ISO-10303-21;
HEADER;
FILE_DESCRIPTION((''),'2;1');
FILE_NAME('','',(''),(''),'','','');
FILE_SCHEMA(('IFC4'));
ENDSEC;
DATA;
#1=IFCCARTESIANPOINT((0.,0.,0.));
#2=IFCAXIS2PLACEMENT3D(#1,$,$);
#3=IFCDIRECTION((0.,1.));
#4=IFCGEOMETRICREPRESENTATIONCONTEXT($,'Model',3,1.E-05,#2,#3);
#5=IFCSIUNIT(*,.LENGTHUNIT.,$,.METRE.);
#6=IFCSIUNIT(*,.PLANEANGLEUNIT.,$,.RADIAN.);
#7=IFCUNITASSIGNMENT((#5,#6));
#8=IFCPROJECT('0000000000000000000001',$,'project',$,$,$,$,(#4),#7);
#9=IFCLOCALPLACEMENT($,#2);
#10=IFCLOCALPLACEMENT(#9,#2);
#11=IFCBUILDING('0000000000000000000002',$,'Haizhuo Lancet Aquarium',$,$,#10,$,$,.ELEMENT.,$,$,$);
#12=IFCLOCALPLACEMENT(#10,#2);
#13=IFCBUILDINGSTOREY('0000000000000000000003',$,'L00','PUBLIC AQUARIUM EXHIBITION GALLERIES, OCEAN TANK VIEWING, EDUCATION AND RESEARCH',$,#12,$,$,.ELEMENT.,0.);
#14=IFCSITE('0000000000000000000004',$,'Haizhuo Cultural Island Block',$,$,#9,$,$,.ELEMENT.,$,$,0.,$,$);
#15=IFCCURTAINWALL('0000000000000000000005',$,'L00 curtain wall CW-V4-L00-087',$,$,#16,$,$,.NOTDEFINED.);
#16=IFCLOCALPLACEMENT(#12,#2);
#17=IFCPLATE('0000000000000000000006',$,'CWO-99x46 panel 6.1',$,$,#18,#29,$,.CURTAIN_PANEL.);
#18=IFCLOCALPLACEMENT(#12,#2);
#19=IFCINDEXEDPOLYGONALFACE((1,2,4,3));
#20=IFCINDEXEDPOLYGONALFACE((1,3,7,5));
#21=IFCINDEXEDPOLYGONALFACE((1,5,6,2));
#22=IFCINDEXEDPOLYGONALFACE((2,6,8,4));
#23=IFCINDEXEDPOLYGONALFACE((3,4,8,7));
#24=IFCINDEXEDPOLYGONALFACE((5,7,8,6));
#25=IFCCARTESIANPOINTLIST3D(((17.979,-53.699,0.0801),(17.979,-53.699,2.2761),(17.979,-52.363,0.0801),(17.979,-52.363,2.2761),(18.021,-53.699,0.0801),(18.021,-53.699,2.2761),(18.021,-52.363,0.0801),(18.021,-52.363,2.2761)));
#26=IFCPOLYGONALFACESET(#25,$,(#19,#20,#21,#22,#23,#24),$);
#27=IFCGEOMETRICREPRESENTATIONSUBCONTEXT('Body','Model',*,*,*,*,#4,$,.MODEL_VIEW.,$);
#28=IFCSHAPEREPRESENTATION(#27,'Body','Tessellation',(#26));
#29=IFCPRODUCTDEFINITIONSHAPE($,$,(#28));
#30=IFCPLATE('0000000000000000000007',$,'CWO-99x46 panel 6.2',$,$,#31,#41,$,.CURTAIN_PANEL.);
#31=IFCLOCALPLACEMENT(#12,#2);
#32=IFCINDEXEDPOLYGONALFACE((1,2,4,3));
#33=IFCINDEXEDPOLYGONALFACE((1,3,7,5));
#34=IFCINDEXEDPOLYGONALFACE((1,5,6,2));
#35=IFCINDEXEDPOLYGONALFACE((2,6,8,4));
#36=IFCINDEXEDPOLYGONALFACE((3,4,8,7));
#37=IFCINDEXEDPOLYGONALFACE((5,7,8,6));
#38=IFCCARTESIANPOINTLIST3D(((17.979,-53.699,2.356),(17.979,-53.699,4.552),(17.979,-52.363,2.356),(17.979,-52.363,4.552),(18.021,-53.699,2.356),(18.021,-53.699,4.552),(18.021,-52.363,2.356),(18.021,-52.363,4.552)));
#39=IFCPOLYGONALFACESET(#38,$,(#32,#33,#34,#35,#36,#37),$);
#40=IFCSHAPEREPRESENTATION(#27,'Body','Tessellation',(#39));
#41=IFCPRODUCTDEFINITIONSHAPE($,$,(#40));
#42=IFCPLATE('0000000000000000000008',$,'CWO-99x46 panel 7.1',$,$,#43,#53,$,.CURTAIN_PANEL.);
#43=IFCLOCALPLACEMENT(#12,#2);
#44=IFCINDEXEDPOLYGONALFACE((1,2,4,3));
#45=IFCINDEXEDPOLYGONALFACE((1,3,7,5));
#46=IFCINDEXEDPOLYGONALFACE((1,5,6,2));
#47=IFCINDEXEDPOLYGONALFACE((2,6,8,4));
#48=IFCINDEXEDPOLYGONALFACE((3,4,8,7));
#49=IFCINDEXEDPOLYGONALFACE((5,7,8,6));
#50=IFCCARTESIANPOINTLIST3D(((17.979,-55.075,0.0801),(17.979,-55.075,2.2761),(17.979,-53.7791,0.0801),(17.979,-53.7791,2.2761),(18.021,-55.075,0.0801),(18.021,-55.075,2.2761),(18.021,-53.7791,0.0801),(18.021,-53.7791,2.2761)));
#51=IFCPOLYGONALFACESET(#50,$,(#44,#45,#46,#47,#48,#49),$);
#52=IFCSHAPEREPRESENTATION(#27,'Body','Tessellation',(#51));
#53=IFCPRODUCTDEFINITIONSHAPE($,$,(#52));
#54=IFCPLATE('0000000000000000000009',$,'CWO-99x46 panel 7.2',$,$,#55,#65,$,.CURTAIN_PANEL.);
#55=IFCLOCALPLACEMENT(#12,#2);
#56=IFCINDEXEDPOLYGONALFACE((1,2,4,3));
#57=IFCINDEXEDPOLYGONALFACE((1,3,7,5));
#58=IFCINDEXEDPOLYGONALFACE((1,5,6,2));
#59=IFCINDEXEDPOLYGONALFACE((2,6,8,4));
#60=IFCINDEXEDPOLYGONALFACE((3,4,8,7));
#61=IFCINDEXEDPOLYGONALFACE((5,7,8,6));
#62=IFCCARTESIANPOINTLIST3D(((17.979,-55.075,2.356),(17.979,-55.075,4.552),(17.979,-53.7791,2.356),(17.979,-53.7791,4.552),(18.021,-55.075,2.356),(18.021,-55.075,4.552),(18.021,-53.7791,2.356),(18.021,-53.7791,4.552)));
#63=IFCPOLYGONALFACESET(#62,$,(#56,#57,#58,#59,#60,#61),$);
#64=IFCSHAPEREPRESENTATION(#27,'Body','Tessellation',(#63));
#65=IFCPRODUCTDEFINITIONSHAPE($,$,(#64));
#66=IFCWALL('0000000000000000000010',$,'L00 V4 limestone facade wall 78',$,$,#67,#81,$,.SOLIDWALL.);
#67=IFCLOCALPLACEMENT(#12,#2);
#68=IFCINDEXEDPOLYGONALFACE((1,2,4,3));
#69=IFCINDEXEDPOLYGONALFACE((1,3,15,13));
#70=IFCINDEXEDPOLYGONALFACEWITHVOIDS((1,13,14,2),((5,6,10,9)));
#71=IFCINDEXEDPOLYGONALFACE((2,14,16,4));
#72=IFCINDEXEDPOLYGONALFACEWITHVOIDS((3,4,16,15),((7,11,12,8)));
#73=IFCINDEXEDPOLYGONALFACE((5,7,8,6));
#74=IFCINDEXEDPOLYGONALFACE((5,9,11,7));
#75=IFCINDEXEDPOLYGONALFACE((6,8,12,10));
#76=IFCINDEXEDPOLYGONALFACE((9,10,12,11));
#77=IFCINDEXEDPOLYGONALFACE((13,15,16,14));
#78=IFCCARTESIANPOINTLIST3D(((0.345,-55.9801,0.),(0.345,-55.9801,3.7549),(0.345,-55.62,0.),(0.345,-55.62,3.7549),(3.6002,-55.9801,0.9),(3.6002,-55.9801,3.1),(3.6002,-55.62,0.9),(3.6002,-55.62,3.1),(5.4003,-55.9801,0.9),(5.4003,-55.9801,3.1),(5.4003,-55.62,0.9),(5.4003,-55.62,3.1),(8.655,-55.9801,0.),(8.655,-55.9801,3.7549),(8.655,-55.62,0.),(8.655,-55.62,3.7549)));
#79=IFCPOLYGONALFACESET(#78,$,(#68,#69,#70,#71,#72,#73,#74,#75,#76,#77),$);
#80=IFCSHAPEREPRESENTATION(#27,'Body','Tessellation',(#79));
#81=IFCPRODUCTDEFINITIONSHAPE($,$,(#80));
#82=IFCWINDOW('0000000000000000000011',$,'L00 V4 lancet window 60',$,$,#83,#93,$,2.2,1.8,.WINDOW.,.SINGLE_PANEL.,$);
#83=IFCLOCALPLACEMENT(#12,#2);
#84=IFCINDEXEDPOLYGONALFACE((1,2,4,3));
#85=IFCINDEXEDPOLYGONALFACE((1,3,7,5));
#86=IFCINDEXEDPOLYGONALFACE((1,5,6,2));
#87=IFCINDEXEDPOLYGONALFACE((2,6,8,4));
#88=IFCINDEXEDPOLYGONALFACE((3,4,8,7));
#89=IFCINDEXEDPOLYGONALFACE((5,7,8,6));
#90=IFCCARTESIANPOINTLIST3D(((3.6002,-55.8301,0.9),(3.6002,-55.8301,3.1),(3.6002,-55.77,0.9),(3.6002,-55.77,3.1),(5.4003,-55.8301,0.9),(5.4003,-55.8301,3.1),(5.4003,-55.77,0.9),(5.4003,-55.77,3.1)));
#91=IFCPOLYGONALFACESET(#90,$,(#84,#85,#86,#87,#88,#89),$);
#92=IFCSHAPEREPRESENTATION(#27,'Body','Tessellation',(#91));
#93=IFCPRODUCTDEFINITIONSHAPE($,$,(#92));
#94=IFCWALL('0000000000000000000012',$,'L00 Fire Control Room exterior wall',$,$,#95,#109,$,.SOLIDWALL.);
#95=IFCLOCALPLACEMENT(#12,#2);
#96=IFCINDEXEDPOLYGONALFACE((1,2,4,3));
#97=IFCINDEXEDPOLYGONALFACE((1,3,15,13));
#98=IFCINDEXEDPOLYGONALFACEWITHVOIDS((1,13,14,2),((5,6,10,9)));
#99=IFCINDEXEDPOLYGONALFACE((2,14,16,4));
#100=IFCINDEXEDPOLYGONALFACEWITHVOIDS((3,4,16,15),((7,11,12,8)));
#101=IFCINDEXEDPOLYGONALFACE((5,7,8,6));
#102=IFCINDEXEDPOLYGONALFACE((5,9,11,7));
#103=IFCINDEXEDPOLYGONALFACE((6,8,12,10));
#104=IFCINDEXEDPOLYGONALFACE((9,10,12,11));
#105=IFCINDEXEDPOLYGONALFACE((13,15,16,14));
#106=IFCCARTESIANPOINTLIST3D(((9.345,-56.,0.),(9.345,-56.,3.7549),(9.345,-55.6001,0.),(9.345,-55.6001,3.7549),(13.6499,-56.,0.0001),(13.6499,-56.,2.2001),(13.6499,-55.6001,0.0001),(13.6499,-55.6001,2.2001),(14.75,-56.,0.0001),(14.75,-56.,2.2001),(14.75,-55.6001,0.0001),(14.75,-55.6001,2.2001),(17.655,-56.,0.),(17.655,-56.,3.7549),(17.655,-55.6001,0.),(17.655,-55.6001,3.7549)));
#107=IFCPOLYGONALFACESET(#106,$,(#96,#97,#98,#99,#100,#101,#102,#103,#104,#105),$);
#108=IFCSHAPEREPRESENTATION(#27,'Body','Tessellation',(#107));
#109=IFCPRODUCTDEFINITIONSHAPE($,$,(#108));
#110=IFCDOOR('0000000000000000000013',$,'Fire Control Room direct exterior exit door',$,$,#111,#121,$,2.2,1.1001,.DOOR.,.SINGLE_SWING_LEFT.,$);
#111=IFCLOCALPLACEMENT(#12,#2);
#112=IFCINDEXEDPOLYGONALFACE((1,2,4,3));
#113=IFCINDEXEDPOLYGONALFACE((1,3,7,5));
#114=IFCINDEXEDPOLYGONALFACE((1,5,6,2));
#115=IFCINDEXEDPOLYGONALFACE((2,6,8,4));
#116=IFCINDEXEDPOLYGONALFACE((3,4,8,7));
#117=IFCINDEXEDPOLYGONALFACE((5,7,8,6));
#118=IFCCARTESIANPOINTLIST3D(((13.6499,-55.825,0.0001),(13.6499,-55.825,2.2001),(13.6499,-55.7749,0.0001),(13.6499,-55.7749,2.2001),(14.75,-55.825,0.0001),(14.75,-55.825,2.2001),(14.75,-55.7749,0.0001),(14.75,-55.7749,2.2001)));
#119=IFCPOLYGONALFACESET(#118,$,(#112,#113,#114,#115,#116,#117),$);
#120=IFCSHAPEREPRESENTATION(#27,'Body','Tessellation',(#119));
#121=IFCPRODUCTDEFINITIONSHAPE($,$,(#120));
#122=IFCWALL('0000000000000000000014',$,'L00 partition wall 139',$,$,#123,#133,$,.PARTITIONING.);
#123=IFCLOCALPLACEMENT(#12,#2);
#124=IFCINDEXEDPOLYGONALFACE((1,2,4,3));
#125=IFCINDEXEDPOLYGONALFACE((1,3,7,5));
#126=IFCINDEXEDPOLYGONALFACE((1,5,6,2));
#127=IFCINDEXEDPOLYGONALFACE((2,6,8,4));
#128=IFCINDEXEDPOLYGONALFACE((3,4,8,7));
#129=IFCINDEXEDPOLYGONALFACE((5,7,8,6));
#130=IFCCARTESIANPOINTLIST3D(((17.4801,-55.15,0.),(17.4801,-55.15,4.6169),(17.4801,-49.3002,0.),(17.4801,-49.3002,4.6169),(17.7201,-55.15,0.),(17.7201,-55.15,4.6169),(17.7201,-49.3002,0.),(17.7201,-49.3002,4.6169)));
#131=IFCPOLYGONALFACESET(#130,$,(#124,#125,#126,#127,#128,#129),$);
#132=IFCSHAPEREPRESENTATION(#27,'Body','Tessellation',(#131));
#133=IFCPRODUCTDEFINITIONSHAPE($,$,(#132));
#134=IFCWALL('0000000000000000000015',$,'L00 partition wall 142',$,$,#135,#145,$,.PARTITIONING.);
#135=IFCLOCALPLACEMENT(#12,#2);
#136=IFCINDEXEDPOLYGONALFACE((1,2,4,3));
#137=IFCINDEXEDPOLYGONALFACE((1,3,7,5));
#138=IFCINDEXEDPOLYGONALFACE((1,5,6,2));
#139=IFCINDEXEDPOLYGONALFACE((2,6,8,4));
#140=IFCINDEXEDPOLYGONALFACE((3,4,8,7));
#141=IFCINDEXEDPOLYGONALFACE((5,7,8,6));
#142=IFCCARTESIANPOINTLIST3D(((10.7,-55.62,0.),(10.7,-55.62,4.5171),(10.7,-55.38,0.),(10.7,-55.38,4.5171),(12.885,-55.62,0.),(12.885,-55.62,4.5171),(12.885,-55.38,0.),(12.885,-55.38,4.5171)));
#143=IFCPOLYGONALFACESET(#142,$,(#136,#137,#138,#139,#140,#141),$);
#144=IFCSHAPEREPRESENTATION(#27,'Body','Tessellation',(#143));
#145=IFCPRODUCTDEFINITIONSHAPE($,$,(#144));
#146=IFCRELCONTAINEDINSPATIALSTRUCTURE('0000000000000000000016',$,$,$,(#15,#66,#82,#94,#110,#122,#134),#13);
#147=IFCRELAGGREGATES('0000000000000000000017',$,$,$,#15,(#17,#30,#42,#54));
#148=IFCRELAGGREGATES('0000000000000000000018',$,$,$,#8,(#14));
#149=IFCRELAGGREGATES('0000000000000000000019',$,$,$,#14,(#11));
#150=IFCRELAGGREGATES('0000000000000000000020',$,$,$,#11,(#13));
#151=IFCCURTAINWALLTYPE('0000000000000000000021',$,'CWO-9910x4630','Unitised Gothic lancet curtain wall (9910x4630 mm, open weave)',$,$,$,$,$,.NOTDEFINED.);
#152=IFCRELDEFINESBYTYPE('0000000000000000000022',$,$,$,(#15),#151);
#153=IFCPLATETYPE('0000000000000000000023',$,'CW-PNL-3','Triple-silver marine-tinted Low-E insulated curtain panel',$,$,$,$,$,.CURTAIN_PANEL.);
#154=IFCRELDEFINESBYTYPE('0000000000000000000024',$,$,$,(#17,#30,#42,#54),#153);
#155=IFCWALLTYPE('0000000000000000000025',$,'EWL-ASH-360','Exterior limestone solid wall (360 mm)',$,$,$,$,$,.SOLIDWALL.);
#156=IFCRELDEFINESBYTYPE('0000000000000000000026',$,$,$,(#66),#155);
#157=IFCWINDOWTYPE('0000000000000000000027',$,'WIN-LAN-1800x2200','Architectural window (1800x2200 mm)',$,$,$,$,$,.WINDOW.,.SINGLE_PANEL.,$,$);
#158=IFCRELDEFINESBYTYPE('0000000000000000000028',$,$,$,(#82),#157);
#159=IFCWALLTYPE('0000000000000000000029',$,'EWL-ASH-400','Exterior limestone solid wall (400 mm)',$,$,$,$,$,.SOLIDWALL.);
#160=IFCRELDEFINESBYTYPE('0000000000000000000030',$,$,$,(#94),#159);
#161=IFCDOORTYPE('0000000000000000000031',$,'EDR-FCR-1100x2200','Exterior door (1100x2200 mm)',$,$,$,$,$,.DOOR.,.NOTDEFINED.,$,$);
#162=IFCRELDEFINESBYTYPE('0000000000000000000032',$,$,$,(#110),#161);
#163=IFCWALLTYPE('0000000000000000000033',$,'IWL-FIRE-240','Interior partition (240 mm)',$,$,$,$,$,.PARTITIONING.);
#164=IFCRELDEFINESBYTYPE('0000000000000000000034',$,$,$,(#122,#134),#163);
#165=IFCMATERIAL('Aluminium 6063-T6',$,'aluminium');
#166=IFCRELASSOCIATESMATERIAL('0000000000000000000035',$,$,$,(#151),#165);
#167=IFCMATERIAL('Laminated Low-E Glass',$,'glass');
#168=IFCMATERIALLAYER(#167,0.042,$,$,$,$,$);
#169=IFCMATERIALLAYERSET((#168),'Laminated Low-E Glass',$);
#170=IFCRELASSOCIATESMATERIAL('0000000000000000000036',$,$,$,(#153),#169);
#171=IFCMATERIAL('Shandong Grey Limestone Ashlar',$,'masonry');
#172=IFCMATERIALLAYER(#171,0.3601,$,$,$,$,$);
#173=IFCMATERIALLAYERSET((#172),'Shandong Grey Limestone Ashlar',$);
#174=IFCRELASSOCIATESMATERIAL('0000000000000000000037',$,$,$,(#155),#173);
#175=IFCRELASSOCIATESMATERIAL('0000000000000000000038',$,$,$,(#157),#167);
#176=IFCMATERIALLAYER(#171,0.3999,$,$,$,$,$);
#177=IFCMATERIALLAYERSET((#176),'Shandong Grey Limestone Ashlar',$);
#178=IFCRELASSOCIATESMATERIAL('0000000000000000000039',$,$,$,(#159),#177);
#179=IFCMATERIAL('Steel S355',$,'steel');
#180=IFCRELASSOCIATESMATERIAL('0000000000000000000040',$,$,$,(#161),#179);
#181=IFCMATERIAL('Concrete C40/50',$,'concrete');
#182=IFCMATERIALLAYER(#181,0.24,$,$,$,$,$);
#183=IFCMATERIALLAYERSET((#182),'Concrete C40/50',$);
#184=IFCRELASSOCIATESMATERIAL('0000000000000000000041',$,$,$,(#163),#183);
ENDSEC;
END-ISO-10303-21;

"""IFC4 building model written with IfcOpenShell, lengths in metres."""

from ifc_helpers import new_model, si_unit, direction, frame, frame_2d, origin, origin_2d, place, context, subcontext, project, spatial, rectangle, extrude, material, layer, layer_set, type_object, element, fill, aggregate, save


model = new_model("IFC4")

# Units and contexts
model_context = context("Model", 3, precision=1e-05, world=origin(), true_north=direction((0.0, 1.0)))
body_context = subcontext(model_context, "Body", "Model", "MODEL_VIEW")
ifc_project = project(units=[si_unit("LENGTHUNIT", "METRE"), si_unit("PLANEANGLEUNIT", "RADIAN")], contexts=[model_context])

# Site, building, storey
site_placement = place(None, origin())
site = spatial("IfcSite", under=ifc_project, at=site_placement, Name="Haizhuo Cultural Island Block", CompositionType="ELEMENT", RefElevation=0.0)
building_placement = place(site_placement, origin())
building = spatial("IfcBuilding", under=site, at=building_placement, Name="Haizhuo Lancet Aquarium", CompositionType="ELEMENT")
storey_placement = place(building_placement, origin())
storey = spatial("IfcBuildingStorey", under=building, at=storey_placement, Name="L00", Description="PUBLIC AQUARIUM EXHIBITION GALLERIES, OCEAN TANK VIEWING, EDUCATION AND RESEARCH", CompositionType="ELEMENT", Elevation=0.0)

# Shared definitions
ifc_material_1 = material(Name="Steel S355", Category="steel")

# Curtain wall
ifc_material_2 = material(Name="Aluminium 6063-T6", Category="aluminium")
curtain_wall_type = type_object("IfcCurtainWallType", Name="CWO-9910x4630", Description="Unitised Gothic lancet curtain wall (9910x4630 mm, open weave)", PredefinedType="NOTDEFINED", material=ifc_material_2)
curtain_wall_placement = place(storey_placement, origin())
curtain_wall = element("IfcCurtainWall", 1, at=curtain_wall_placement, inside=storey, type_object=curtain_wall_type, Name="L00 curtain wall CW-V4-L00-087", PredefinedType="NOTDEFINED")

# Plates
ifc_material_3 = material(Name="Laminated Low-E Glass", Category="glass")
ifc_layer_1 = layer(ifc_material_3, 0.042)
ifc_layer_set_1 = layer_set([ifc_layer_1], Name="Laminated Low-E Glass")
plate_type = type_object("IfcPlateType", Name="CW-PNL-3", Description="Triple-silver marine-tinted Low-E insulated curtain panel", PredefinedType="CURTAIN_PANEL", material=ifc_layer_set_1)
plate_1_placement = place(storey_placement, frame((18.0, -53.031, 0.0801), z_axis=(0.0, 0.0, 1.0), x_axis=(0.0, -1.0, 0.0)))
plate_1 = element("IfcPlate", 2, at=plate_1_placement, type_object=plate_type, Name="CWO-99x46 panel 6.1", PredefinedType="CURTAIN_PANEL", context=body_context, shape_type="SweptSolid", body=[
    extrude(rectangle(XDim=1.3359, YDim=0.042, at=origin_2d()), origin(), (0.0, 0.0, 1.0), 2.196),
])
plate_2_placement = place(storey_placement, frame((18.0, -53.031, 2.356), z_axis=(0.0, 0.0, 1.0), x_axis=(0.0, -1.0, 0.0)))
plate_2 = element("IfcPlate", 3, at=plate_2_placement, type_object=plate_type, Name="CWO-99x46 panel 6.2", PredefinedType="CURTAIN_PANEL", context=body_context, shape_type="SweptSolid", body=[
    extrude(rectangle(XDim=1.3359, YDim=0.042, at=origin_2d()), origin(), (0.0, 0.0, 1.0), 2.196),
])
plate_3_placement = place(storey_placement, frame((18.0, -54.427, 0.0801), z_axis=(0.0, 0.0, 1.0), x_axis=(0.0, -1.0, 0.0)))
plate_3 = element("IfcPlate", 4, at=plate_3_placement, type_object=plate_type, Name="CWO-99x46 panel 7.1", PredefinedType="CURTAIN_PANEL", context=body_context, shape_type="SweptSolid", body=[
    extrude(rectangle(XDim=1.2959, YDim=0.042, at=origin_2d()), origin(), (0.0, 0.0, 1.0), 2.196),
])
plate_4_placement = place(storey_placement, frame((18.0, -54.427, 2.356), z_axis=(0.0, 0.0, 1.0), x_axis=(0.0, -1.0, 0.0)))
plate_4 = element("IfcPlate", 5, at=plate_4_placement, type_object=plate_type, Name="CWO-99x46 panel 7.2", PredefinedType="CURTAIN_PANEL", context=body_context, shape_type="SweptSolid", body=[
    extrude(rectangle(XDim=1.2959, YDim=0.042, at=origin_2d()), origin(), (0.0, 0.0, 1.0), 2.196),
])
aggregate(curtain_wall, [plate_1, plate_2, plate_3, plate_4])

# Wall, opening, window
ifc_material_4 = material(Name="Shandong Grey Limestone Ashlar", Category="masonry")
ifc_layer_2 = layer(ifc_material_4, 0.3601)
ifc_layer_set_2 = layer_set([ifc_layer_2], Name="Shandong Grey Limestone Ashlar")
wall_type_1 = type_object("IfcWallType", Name="EWL-ASH-360", Description="Exterior limestone solid wall (360 mm)", PredefinedType="SOLIDWALL", material=ifc_layer_set_2)
wall_1_placement = place(storey_placement, frame((8.655, -55.8, 0.0), z_axis=(0.0, 0.0, 1.0), x_axis=(-1.0, 0.0, 0.0)))
wall_1 = element("IfcWall", 6, at=wall_1_placement, inside=storey, type_object=wall_type_1, Name="L00 V4 limestone facade wall 78", PredefinedType="SOLIDWALL", context=body_context, shape_type="SweptSolid", body=[
    extrude(rectangle(XDim=8.3101, YDim=0.3601, at=frame_2d((4.155, 0.0))), origin(), (0.0, 0.0, 1.0), 3.7549),
])
opening_1_placement = place(wall_1_placement, frame((3.2549, 0.0, 0.8999)))
opening_1 = element("IfcOpeningElement", 7, at=opening_1_placement, cuts=wall_1, PredefinedType="OPENING", context=body_context, shape_type="SweptSolid", body=[
    extrude(rectangle(XDim=1.8, YDim=2.2, at=frame_2d((0.8999, 1.1001))), frame((0.0, 0.1899, 0.0), z_axis=(0.0, -1.0, 0.0), x_axis=(1.0, 0.0, 0.0)), (0.0, 0.0, 1.0), 0.3801),
])
window_type = type_object("IfcWindowType", Name="WIN-LAN-1800x2200", Description="Architectural window (1800x2200 mm)", PartitioningType="SINGLE_PANEL", PredefinedType="WINDOW", material=ifc_material_3)
window_placement = place(opening_1_placement, origin())
window = element("IfcWindow", 8, at=window_placement, inside=storey, type_object=window_type, Name="L00 V4 lancet window 60", OverallHeight=2.2, OverallWidth=1.8, PartitioningType="SINGLE_PANEL", PredefinedType="WINDOW", context=body_context, shape_type="SweptSolid", body=[
    extrude(rectangle(XDim=1.8, YDim=2.2, at=frame_2d((0.8999, 1.1001))), frame((0.0, 0.03, 0.0), z_axis=(0.0, -1.0, 0.0), x_axis=(1.0, 0.0, 0.0)), (0.0, 0.0, 1.0), 0.0601),
])
fill(opening_1, window)

# Wall, opening, door
ifc_layer_3 = layer(ifc_material_4, 0.3999)
ifc_layer_set_3 = layer_set([ifc_layer_3], Name="Shandong Grey Limestone Ashlar")
wall_type_2 = type_object("IfcWallType", Name="EWL-ASH-400", Description="Exterior limestone solid wall (400 mm)", PredefinedType="SOLIDWALL", material=ifc_layer_set_3)
wall_2_placement = place(storey_placement, frame((17.655, -55.8, 0.0), z_axis=(0.0, 0.0, 1.0), x_axis=(-1.0, 0.0, 0.0)))
wall_2 = element("IfcWall", 9, at=wall_2_placement, inside=storey, type_object=wall_type_2, Name="L00 Fire Control Room exterior wall", PredefinedType="SOLIDWALL", context=body_context, shape_type="SweptSolid", body=[
    extrude(rectangle(XDim=8.3101, YDim=0.3999, at=frame_2d((4.155, 0.0))), origin(), (0.0, 0.0, 1.0), 3.7549),
])
opening_2_placement = place(wall_2_placement, frame((2.905, 0.0, 0.0)))
opening_2 = element("IfcOpeningElement", 10, at=opening_2_placement, cuts=wall_2, PredefinedType="OPENING", context=body_context, shape_type="SweptSolid", body=[
    extrude(rectangle(XDim=1.1001, YDim=2.2, at=frame_2d((0.55, 1.1001))), frame((0.0, 0.21, 0.0), z_axis=(0.0, -1.0, 0.0), x_axis=(1.0, 0.0, 0.0)), (0.0, 0.0, 1.0), 0.4199),
])
door_type = type_object("IfcDoorType", Name="EDR-FCR-1100x2200", Description="Exterior door (1100x2200 mm)", OperationType="NOTDEFINED", PredefinedType="DOOR", material=ifc_material_1)
door_placement = place(opening_2_placement, origin())
door = element("IfcDoor", 11, at=door_placement, inside=storey, type_object=door_type, Name="Fire Control Room direct exterior exit door", OperationType="SINGLE_SWING_LEFT", OverallHeight=2.2, OverallWidth=1.1001, PredefinedType="DOOR", context=body_context, shape_type="SweptSolid", body=[
    extrude(rectangle(XDim=1.1001, YDim=2.2, at=frame_2d((0.55, 1.1001))), frame((0.0, 0.0249, 0.0), z_axis=(0.0, -1.0, 0.0), x_axis=(1.0, 0.0, 0.0)), (0.0, 0.0, 1.0), 0.05),
])
fill(opening_2, door)

# Walls
ifc_material_5 = material(Name="Concrete C40/50", Category="concrete")
ifc_layer_4 = layer(ifc_material_5, 0.24)
ifc_layer_set_4 = layer_set([ifc_layer_4], Name="Concrete C40/50")
wall_type_3 = type_object("IfcWallType", Name="IWL-FIRE-240", Description="Interior partition (240 mm)", PredefinedType="PARTITIONING", material=ifc_layer_set_4)
wall_3_placement = place(storey_placement, frame((17.6001, -55.1499, 0.0), z_axis=(0.0, 0.0, 1.0), x_axis=(0.0, 1.0, 0.0)))
element("IfcWall", 12, at=wall_3_placement, inside=storey, type_object=wall_type_3, Name="L00 partition wall 139", PredefinedType="PARTITIONING", context=body_context, shape_type="SweptSolid", body=[
    extrude(rectangle(XDim=5.8499, YDim=0.24, at=frame_2d((2.9248, 0.0))), origin(), (0.0, 0.0, 1.0), 4.6169),
])
wall_4_placement = place(storey_placement, frame((10.7, -55.5, 0.0), z_axis=(0.0, 0.0, 1.0), x_axis=(1.0, 0.0, 0.0)))
element("IfcWall", 13, at=wall_4_placement, inside=storey, type_object=wall_type_3, Name="L00 partition wall 142", PredefinedType="PARTITIONING", context=body_context, shape_type="SweptSolid", body=[
    extrude(rectangle(XDim=2.1851, YDim=0.24, at=frame_2d((1.0925, 0.0))), origin(), (0.0, 0.0, 1.0), 4.5171),
])

save(model, "model.ifc")
